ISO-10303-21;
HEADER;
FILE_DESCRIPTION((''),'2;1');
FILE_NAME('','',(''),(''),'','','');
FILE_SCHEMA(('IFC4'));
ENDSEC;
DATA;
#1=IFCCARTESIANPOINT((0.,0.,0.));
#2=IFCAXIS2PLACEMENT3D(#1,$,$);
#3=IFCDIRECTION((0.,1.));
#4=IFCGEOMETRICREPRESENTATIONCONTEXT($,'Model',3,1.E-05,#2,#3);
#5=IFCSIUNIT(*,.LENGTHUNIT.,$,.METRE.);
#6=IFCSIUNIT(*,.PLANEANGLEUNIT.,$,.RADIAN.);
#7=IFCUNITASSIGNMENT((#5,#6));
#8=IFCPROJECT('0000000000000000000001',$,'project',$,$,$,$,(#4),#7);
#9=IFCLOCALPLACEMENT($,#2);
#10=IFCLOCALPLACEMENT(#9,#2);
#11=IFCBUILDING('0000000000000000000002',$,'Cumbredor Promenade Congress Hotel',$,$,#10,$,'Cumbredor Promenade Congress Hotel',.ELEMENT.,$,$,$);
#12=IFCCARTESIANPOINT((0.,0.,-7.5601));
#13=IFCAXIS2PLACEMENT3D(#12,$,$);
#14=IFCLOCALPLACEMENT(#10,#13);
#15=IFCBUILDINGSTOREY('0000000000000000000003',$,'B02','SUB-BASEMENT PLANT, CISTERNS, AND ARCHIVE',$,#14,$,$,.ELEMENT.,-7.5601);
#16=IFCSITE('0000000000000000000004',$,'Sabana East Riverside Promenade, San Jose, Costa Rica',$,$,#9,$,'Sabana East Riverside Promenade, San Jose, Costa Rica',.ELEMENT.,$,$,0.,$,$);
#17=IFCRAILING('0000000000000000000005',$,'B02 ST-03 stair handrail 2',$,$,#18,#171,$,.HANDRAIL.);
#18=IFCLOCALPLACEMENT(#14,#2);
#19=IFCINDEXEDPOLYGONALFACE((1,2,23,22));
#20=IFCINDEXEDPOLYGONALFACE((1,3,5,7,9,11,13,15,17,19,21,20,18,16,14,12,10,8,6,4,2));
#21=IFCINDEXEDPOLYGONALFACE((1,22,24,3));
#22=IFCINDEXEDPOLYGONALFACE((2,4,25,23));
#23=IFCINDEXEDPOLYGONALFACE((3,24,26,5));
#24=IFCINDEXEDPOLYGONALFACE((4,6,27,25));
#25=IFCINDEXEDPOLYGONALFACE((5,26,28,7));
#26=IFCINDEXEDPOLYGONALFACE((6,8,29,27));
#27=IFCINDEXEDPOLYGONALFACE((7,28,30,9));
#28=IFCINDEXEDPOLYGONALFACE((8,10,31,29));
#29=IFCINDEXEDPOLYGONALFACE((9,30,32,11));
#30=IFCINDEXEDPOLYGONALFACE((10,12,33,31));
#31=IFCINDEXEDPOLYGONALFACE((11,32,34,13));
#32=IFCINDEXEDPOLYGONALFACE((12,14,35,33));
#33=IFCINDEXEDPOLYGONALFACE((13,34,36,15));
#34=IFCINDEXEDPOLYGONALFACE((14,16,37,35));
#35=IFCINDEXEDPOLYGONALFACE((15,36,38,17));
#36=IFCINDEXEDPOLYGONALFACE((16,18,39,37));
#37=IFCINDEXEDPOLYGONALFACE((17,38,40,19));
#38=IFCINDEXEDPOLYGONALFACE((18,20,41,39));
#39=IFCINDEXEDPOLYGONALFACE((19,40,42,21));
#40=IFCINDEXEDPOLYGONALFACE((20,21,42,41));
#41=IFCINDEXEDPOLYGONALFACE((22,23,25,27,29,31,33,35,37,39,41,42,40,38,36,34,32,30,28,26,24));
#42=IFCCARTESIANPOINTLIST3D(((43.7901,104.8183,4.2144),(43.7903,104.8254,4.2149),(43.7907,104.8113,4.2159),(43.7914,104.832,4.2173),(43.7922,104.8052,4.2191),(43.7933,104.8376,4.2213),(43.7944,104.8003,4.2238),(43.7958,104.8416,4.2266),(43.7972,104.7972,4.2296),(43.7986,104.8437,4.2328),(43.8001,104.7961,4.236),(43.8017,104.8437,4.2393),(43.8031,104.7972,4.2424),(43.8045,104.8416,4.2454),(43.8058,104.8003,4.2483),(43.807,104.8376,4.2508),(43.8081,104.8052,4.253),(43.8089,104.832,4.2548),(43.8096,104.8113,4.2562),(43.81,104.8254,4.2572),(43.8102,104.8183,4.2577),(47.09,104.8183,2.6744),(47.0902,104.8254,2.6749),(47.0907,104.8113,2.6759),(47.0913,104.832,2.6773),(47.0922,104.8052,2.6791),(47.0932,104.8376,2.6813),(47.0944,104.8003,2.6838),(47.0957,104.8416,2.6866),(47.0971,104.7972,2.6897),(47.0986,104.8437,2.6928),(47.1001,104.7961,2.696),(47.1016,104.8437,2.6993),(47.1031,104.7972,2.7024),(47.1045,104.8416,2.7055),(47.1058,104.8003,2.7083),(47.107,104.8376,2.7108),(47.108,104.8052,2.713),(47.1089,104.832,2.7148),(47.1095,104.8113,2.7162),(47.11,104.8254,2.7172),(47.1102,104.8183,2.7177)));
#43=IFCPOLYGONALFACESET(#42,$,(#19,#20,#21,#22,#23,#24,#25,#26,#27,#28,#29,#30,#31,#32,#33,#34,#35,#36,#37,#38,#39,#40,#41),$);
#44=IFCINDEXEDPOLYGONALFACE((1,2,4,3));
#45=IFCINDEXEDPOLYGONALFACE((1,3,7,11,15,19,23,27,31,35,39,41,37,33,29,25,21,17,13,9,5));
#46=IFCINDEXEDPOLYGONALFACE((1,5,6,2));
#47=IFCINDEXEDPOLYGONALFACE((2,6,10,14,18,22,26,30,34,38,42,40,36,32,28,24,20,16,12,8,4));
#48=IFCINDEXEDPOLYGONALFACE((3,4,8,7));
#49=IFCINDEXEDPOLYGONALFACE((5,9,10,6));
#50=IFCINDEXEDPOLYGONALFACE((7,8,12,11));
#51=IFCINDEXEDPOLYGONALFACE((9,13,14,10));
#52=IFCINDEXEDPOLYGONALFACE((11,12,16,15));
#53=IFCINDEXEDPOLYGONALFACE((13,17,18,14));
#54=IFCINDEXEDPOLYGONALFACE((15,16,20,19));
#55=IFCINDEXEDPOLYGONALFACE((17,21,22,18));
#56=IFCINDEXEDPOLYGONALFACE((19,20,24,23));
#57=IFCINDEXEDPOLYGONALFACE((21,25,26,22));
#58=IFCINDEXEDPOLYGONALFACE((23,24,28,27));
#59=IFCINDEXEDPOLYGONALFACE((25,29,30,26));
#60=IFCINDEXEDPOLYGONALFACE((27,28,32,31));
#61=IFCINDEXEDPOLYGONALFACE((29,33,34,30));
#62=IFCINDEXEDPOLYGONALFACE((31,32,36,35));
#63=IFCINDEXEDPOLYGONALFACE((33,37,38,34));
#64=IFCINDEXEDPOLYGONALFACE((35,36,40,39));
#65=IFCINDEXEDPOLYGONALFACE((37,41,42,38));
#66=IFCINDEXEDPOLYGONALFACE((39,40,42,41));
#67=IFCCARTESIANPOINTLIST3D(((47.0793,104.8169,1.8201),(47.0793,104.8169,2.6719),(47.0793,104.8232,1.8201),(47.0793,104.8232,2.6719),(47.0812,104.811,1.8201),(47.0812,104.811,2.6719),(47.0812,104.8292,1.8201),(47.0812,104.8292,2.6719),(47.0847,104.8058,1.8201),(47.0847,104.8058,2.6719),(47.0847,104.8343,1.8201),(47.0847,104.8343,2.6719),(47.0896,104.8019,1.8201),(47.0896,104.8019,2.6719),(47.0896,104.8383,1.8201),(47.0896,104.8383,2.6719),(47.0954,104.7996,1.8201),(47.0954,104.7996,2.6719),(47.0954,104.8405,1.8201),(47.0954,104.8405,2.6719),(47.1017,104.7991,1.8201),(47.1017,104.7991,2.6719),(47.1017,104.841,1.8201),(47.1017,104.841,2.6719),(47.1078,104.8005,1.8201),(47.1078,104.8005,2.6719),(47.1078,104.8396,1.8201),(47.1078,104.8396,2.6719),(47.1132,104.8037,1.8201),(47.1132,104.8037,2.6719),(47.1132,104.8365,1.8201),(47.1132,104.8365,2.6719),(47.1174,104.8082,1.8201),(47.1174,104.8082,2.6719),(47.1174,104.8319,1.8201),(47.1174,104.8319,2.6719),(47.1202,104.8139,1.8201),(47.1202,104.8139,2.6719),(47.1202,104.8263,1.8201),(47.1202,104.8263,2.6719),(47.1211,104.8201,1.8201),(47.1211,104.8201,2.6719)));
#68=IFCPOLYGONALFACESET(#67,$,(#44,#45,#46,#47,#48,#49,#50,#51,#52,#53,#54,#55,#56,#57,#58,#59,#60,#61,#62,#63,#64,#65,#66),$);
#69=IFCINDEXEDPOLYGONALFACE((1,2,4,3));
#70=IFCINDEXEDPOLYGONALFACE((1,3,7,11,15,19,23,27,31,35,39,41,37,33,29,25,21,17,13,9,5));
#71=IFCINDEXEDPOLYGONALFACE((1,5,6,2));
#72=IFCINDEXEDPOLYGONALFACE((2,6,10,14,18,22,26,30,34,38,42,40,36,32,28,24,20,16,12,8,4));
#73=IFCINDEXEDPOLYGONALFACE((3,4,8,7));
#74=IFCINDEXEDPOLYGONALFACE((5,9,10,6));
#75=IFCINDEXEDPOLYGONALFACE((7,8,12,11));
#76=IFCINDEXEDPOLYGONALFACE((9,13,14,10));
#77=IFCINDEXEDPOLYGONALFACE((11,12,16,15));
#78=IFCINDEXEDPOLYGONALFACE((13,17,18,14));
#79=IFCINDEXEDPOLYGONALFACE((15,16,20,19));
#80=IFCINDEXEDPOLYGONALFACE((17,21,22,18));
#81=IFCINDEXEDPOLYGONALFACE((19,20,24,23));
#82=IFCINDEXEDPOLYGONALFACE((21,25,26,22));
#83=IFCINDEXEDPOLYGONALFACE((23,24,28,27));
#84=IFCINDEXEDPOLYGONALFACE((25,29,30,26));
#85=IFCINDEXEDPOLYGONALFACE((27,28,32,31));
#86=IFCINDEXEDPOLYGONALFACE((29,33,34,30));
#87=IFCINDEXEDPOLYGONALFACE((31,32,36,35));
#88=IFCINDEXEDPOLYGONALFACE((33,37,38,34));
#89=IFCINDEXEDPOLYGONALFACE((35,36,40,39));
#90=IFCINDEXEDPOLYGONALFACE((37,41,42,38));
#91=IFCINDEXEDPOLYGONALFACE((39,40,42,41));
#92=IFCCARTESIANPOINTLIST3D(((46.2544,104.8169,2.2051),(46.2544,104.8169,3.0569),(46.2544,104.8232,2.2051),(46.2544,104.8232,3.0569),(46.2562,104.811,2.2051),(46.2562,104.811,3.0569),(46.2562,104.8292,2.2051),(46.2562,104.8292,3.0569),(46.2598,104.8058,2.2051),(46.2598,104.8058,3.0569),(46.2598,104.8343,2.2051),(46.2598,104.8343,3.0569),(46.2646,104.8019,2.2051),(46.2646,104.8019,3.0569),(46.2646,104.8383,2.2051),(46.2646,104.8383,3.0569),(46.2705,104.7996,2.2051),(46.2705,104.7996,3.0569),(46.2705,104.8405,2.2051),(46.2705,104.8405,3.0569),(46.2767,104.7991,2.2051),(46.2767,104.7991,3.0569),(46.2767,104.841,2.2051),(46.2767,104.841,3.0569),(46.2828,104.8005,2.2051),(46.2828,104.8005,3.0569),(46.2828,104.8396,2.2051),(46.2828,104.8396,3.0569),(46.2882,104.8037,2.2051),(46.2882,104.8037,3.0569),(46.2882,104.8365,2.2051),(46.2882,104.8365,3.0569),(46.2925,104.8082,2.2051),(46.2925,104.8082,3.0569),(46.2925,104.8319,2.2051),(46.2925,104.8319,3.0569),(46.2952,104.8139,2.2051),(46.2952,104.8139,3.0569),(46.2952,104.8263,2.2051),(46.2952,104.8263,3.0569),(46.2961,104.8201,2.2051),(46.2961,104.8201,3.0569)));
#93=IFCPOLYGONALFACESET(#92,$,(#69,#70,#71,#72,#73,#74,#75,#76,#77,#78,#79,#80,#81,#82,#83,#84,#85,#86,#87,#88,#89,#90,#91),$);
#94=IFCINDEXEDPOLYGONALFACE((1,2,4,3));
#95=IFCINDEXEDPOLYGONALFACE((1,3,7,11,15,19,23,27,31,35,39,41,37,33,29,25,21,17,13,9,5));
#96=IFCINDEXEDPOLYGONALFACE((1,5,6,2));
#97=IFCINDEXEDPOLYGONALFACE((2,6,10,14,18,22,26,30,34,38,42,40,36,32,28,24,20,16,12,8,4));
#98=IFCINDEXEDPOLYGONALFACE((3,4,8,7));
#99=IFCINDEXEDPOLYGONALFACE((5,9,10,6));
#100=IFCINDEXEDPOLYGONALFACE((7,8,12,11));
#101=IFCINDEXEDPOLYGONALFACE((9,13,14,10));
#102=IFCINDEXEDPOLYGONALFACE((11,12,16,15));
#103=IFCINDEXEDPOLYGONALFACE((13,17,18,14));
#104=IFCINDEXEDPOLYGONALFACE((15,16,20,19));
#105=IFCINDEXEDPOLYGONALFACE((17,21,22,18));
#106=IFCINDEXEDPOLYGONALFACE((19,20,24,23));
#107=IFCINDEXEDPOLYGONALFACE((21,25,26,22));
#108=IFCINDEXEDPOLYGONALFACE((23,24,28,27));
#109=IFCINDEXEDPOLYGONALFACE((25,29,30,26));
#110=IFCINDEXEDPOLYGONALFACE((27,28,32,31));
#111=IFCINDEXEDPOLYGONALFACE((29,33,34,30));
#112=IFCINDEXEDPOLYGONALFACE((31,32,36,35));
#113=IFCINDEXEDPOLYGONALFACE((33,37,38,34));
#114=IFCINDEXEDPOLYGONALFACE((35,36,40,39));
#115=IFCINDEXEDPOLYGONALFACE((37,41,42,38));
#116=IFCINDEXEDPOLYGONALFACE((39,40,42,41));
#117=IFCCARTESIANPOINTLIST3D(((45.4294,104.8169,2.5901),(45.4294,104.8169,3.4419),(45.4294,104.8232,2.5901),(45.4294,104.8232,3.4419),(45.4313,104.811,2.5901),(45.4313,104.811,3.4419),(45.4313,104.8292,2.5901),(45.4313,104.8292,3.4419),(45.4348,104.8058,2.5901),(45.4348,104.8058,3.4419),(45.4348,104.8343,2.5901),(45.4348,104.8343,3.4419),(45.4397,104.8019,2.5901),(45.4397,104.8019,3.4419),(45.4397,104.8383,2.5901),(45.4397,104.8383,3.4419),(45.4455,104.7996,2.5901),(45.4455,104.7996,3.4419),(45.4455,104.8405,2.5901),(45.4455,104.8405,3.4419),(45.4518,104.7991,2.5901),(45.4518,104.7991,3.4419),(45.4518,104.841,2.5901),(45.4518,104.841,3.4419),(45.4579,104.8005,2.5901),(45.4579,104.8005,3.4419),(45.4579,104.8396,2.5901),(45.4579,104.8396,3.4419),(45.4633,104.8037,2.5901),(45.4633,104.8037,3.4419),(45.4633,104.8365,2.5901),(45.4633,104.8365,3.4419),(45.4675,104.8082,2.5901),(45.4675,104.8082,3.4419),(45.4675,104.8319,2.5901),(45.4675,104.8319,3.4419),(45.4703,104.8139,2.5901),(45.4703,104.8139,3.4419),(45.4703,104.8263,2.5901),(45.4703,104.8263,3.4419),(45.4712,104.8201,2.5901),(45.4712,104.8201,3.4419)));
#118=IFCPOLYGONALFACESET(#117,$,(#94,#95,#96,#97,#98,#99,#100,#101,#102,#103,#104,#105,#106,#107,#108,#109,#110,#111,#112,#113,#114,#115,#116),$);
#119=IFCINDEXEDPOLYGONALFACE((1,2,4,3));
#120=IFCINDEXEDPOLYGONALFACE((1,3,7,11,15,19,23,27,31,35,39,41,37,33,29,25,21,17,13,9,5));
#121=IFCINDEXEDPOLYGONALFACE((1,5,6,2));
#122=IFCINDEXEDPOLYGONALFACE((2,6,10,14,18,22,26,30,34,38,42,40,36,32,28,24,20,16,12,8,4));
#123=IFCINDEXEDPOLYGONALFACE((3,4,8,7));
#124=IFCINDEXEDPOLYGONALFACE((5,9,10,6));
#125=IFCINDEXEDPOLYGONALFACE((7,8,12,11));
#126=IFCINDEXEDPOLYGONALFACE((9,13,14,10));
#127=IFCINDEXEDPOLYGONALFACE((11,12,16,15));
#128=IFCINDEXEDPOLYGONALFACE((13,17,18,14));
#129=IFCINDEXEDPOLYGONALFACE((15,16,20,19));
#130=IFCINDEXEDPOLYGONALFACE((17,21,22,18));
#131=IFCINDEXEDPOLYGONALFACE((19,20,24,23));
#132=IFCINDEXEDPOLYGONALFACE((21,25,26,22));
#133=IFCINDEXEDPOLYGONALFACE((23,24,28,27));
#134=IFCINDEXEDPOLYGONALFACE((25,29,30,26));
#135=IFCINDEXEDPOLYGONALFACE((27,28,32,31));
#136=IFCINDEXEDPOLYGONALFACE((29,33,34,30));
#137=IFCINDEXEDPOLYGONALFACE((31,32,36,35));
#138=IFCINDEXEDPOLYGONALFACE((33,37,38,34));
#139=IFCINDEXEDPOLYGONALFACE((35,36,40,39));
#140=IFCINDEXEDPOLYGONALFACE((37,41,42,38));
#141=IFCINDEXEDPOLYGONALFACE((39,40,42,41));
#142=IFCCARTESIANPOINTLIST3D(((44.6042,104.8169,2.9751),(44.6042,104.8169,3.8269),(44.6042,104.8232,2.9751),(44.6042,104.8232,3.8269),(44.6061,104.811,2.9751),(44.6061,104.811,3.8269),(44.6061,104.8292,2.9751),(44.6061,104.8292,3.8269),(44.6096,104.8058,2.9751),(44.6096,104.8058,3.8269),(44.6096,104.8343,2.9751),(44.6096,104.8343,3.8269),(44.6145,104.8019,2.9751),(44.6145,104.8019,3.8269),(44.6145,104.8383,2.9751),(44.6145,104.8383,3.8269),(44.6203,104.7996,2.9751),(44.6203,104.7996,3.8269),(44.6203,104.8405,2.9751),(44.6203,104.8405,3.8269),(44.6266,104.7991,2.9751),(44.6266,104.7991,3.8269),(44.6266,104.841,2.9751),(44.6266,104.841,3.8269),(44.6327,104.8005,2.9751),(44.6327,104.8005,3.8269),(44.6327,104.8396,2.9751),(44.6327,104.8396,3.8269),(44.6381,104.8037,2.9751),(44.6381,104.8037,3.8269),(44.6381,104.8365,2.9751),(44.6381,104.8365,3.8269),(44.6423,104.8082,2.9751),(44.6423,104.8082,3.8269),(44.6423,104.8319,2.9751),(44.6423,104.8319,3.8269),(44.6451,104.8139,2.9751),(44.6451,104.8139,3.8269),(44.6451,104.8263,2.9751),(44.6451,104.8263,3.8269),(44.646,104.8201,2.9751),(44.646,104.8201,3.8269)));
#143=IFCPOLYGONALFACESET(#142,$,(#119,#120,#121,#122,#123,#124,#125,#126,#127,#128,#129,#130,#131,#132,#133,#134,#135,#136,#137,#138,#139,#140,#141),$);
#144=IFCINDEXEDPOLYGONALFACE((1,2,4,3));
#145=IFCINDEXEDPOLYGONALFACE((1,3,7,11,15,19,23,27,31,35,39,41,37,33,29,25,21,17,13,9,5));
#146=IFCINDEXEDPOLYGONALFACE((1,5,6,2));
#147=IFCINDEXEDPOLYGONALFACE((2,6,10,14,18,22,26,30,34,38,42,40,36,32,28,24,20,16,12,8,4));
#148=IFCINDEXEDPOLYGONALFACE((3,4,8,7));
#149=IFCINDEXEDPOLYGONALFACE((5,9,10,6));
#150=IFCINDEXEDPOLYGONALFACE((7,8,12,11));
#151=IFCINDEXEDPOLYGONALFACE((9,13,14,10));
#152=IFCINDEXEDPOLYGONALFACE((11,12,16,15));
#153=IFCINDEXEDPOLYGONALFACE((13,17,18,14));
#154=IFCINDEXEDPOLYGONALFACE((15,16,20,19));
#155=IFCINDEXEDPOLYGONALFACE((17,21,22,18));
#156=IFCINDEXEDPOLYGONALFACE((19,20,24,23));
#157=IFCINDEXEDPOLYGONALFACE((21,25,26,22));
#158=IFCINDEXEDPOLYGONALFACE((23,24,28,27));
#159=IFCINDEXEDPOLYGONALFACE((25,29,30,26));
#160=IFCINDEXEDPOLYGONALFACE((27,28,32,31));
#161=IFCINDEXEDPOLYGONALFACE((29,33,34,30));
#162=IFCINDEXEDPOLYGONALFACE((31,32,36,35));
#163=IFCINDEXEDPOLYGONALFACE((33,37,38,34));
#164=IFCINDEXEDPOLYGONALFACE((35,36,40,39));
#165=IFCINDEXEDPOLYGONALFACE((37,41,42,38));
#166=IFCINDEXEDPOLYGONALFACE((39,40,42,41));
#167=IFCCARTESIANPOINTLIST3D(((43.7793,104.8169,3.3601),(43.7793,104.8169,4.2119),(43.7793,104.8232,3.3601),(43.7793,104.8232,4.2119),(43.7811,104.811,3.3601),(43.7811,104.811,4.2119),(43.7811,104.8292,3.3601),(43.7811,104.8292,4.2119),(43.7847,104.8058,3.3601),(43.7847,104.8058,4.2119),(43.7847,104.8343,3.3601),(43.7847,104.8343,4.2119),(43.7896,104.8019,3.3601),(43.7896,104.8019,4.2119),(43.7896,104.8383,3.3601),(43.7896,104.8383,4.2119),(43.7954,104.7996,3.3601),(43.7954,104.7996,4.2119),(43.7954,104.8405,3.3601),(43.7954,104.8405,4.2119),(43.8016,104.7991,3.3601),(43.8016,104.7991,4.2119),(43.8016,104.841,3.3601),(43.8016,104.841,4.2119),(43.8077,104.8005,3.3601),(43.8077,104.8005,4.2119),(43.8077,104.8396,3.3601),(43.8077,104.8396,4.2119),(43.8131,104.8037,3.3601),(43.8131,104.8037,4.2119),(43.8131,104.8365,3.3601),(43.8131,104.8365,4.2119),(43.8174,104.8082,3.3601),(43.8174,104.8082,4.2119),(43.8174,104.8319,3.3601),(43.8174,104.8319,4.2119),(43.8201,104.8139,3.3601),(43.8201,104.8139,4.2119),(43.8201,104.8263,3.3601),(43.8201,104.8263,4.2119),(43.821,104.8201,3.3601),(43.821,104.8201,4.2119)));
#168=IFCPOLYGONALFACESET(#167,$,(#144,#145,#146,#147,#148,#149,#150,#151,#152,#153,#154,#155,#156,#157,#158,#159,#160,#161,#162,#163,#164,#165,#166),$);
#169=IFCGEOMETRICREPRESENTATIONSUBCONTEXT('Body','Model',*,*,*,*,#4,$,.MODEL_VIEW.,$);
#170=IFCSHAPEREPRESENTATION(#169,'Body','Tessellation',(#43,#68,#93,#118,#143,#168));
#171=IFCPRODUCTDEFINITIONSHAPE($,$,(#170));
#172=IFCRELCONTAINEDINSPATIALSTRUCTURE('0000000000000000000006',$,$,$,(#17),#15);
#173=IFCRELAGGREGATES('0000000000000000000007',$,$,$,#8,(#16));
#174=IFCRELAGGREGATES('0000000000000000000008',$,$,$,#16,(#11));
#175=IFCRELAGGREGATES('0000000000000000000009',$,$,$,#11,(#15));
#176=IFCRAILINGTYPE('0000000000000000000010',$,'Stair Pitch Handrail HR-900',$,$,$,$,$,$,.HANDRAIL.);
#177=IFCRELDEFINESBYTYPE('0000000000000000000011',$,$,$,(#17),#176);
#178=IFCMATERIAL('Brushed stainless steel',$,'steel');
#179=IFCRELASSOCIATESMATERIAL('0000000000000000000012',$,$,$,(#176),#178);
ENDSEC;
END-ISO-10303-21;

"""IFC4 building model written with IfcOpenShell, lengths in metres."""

from ifc_helpers import new_model, si_unit, direction, frame, origin, origin_2d, place, context, subcontext, project, spatial, circle, extrude, material, type_object, element, save


model = new_model("IFC4")

# Units and contexts
model_context = context("Model", 3, precision=1e-05, world=origin(), true_north=direction((0.0, 1.0)))
body_context = subcontext(model_context, "Body", "Model", "MODEL_VIEW")
ifc_project = project(units=[si_unit("LENGTHUNIT", "METRE"), si_unit("PLANEANGLEUNIT", "RADIAN")], contexts=[model_context])

# Site, building, storey
site_placement = place(None, origin())
site = spatial("IfcSite", under=ifc_project, at=site_placement, Name="Sabana East Riverside Promenade, San Jose, Costa Rica", LongName="Sabana East Riverside Promenade, San Jose, Costa Rica", CompositionType="ELEMENT", RefElevation=0.0)
building_placement = place(site_placement, origin())
building = spatial("IfcBuilding", under=site, at=building_placement, Name="Cumbredor Promenade Congress Hotel", LongName="Cumbredor Promenade Congress Hotel", CompositionType="ELEMENT")
storey_placement = place(building_placement, frame((0.0, 0.0, -7.5601)))
storey = spatial("IfcBuildingStorey", under=building, at=storey_placement, Name="B02", Description="SUB-BASEMENT PLANT, CISTERNS, AND ARCHIVE", CompositionType="ELEMENT", Elevation=-7.5601)

# Railing
ifc_material_1 = material(Name="Brushed stainless steel", Category="steel")
railing_type_1 = type_object("IfcRailingType", Name="Stair Pitch Handrail HR-900", PredefinedType="HANDRAIL", material=ifc_material_1)
railing_1_placement = place(storey_placement, frame((47.1001, 104.8201, 1.8201)))
element("IfcRailing", 1, at=railing_1_placement, inside=storey, type_object=railing_type_1, Name="B02 ST-03 stair handrail 2", PredefinedType="HANDRAIL", context=body_context, shape_type="SweptSolid", body=[
    extrude(circle(Radius=0.0239, at=origin_2d()), frame((0.0, 0.0, 0.876), z_axis=(-0.906181, 0.0, 0.422889), x_axis=(0.0, -1.0, 0.0)), (0.0, 0.0, 1.0), 3.6416),
    extrude(circle(Radius=0.021, at=origin_2d()), origin(), (0.0, 0.0, 1.0), 0.8518),
    extrude(circle(Radius=0.021, at=origin_2d()), frame((-0.825, 0.0, 0.385)), (0.0, 0.0, 1.0), 0.8518),
    extrude(circle(Radius=0.021, at=origin_2d()), frame((-1.6499, 0.0, 0.77)), (0.0, 0.0, 1.0), 0.8518),
    extrude(circle(Radius=0.021, at=origin_2d()), frame((-2.4751, 0.0, 1.155)), (0.0, 0.0, 1.0), 0.8518),
    extrude(circle(Radius=0.021, at=origin_2d()), frame((-3.3, 0.0, 1.54)), (0.0, 0.0, 1.0), 0.8518),
])

save(model, "model.ifc")
